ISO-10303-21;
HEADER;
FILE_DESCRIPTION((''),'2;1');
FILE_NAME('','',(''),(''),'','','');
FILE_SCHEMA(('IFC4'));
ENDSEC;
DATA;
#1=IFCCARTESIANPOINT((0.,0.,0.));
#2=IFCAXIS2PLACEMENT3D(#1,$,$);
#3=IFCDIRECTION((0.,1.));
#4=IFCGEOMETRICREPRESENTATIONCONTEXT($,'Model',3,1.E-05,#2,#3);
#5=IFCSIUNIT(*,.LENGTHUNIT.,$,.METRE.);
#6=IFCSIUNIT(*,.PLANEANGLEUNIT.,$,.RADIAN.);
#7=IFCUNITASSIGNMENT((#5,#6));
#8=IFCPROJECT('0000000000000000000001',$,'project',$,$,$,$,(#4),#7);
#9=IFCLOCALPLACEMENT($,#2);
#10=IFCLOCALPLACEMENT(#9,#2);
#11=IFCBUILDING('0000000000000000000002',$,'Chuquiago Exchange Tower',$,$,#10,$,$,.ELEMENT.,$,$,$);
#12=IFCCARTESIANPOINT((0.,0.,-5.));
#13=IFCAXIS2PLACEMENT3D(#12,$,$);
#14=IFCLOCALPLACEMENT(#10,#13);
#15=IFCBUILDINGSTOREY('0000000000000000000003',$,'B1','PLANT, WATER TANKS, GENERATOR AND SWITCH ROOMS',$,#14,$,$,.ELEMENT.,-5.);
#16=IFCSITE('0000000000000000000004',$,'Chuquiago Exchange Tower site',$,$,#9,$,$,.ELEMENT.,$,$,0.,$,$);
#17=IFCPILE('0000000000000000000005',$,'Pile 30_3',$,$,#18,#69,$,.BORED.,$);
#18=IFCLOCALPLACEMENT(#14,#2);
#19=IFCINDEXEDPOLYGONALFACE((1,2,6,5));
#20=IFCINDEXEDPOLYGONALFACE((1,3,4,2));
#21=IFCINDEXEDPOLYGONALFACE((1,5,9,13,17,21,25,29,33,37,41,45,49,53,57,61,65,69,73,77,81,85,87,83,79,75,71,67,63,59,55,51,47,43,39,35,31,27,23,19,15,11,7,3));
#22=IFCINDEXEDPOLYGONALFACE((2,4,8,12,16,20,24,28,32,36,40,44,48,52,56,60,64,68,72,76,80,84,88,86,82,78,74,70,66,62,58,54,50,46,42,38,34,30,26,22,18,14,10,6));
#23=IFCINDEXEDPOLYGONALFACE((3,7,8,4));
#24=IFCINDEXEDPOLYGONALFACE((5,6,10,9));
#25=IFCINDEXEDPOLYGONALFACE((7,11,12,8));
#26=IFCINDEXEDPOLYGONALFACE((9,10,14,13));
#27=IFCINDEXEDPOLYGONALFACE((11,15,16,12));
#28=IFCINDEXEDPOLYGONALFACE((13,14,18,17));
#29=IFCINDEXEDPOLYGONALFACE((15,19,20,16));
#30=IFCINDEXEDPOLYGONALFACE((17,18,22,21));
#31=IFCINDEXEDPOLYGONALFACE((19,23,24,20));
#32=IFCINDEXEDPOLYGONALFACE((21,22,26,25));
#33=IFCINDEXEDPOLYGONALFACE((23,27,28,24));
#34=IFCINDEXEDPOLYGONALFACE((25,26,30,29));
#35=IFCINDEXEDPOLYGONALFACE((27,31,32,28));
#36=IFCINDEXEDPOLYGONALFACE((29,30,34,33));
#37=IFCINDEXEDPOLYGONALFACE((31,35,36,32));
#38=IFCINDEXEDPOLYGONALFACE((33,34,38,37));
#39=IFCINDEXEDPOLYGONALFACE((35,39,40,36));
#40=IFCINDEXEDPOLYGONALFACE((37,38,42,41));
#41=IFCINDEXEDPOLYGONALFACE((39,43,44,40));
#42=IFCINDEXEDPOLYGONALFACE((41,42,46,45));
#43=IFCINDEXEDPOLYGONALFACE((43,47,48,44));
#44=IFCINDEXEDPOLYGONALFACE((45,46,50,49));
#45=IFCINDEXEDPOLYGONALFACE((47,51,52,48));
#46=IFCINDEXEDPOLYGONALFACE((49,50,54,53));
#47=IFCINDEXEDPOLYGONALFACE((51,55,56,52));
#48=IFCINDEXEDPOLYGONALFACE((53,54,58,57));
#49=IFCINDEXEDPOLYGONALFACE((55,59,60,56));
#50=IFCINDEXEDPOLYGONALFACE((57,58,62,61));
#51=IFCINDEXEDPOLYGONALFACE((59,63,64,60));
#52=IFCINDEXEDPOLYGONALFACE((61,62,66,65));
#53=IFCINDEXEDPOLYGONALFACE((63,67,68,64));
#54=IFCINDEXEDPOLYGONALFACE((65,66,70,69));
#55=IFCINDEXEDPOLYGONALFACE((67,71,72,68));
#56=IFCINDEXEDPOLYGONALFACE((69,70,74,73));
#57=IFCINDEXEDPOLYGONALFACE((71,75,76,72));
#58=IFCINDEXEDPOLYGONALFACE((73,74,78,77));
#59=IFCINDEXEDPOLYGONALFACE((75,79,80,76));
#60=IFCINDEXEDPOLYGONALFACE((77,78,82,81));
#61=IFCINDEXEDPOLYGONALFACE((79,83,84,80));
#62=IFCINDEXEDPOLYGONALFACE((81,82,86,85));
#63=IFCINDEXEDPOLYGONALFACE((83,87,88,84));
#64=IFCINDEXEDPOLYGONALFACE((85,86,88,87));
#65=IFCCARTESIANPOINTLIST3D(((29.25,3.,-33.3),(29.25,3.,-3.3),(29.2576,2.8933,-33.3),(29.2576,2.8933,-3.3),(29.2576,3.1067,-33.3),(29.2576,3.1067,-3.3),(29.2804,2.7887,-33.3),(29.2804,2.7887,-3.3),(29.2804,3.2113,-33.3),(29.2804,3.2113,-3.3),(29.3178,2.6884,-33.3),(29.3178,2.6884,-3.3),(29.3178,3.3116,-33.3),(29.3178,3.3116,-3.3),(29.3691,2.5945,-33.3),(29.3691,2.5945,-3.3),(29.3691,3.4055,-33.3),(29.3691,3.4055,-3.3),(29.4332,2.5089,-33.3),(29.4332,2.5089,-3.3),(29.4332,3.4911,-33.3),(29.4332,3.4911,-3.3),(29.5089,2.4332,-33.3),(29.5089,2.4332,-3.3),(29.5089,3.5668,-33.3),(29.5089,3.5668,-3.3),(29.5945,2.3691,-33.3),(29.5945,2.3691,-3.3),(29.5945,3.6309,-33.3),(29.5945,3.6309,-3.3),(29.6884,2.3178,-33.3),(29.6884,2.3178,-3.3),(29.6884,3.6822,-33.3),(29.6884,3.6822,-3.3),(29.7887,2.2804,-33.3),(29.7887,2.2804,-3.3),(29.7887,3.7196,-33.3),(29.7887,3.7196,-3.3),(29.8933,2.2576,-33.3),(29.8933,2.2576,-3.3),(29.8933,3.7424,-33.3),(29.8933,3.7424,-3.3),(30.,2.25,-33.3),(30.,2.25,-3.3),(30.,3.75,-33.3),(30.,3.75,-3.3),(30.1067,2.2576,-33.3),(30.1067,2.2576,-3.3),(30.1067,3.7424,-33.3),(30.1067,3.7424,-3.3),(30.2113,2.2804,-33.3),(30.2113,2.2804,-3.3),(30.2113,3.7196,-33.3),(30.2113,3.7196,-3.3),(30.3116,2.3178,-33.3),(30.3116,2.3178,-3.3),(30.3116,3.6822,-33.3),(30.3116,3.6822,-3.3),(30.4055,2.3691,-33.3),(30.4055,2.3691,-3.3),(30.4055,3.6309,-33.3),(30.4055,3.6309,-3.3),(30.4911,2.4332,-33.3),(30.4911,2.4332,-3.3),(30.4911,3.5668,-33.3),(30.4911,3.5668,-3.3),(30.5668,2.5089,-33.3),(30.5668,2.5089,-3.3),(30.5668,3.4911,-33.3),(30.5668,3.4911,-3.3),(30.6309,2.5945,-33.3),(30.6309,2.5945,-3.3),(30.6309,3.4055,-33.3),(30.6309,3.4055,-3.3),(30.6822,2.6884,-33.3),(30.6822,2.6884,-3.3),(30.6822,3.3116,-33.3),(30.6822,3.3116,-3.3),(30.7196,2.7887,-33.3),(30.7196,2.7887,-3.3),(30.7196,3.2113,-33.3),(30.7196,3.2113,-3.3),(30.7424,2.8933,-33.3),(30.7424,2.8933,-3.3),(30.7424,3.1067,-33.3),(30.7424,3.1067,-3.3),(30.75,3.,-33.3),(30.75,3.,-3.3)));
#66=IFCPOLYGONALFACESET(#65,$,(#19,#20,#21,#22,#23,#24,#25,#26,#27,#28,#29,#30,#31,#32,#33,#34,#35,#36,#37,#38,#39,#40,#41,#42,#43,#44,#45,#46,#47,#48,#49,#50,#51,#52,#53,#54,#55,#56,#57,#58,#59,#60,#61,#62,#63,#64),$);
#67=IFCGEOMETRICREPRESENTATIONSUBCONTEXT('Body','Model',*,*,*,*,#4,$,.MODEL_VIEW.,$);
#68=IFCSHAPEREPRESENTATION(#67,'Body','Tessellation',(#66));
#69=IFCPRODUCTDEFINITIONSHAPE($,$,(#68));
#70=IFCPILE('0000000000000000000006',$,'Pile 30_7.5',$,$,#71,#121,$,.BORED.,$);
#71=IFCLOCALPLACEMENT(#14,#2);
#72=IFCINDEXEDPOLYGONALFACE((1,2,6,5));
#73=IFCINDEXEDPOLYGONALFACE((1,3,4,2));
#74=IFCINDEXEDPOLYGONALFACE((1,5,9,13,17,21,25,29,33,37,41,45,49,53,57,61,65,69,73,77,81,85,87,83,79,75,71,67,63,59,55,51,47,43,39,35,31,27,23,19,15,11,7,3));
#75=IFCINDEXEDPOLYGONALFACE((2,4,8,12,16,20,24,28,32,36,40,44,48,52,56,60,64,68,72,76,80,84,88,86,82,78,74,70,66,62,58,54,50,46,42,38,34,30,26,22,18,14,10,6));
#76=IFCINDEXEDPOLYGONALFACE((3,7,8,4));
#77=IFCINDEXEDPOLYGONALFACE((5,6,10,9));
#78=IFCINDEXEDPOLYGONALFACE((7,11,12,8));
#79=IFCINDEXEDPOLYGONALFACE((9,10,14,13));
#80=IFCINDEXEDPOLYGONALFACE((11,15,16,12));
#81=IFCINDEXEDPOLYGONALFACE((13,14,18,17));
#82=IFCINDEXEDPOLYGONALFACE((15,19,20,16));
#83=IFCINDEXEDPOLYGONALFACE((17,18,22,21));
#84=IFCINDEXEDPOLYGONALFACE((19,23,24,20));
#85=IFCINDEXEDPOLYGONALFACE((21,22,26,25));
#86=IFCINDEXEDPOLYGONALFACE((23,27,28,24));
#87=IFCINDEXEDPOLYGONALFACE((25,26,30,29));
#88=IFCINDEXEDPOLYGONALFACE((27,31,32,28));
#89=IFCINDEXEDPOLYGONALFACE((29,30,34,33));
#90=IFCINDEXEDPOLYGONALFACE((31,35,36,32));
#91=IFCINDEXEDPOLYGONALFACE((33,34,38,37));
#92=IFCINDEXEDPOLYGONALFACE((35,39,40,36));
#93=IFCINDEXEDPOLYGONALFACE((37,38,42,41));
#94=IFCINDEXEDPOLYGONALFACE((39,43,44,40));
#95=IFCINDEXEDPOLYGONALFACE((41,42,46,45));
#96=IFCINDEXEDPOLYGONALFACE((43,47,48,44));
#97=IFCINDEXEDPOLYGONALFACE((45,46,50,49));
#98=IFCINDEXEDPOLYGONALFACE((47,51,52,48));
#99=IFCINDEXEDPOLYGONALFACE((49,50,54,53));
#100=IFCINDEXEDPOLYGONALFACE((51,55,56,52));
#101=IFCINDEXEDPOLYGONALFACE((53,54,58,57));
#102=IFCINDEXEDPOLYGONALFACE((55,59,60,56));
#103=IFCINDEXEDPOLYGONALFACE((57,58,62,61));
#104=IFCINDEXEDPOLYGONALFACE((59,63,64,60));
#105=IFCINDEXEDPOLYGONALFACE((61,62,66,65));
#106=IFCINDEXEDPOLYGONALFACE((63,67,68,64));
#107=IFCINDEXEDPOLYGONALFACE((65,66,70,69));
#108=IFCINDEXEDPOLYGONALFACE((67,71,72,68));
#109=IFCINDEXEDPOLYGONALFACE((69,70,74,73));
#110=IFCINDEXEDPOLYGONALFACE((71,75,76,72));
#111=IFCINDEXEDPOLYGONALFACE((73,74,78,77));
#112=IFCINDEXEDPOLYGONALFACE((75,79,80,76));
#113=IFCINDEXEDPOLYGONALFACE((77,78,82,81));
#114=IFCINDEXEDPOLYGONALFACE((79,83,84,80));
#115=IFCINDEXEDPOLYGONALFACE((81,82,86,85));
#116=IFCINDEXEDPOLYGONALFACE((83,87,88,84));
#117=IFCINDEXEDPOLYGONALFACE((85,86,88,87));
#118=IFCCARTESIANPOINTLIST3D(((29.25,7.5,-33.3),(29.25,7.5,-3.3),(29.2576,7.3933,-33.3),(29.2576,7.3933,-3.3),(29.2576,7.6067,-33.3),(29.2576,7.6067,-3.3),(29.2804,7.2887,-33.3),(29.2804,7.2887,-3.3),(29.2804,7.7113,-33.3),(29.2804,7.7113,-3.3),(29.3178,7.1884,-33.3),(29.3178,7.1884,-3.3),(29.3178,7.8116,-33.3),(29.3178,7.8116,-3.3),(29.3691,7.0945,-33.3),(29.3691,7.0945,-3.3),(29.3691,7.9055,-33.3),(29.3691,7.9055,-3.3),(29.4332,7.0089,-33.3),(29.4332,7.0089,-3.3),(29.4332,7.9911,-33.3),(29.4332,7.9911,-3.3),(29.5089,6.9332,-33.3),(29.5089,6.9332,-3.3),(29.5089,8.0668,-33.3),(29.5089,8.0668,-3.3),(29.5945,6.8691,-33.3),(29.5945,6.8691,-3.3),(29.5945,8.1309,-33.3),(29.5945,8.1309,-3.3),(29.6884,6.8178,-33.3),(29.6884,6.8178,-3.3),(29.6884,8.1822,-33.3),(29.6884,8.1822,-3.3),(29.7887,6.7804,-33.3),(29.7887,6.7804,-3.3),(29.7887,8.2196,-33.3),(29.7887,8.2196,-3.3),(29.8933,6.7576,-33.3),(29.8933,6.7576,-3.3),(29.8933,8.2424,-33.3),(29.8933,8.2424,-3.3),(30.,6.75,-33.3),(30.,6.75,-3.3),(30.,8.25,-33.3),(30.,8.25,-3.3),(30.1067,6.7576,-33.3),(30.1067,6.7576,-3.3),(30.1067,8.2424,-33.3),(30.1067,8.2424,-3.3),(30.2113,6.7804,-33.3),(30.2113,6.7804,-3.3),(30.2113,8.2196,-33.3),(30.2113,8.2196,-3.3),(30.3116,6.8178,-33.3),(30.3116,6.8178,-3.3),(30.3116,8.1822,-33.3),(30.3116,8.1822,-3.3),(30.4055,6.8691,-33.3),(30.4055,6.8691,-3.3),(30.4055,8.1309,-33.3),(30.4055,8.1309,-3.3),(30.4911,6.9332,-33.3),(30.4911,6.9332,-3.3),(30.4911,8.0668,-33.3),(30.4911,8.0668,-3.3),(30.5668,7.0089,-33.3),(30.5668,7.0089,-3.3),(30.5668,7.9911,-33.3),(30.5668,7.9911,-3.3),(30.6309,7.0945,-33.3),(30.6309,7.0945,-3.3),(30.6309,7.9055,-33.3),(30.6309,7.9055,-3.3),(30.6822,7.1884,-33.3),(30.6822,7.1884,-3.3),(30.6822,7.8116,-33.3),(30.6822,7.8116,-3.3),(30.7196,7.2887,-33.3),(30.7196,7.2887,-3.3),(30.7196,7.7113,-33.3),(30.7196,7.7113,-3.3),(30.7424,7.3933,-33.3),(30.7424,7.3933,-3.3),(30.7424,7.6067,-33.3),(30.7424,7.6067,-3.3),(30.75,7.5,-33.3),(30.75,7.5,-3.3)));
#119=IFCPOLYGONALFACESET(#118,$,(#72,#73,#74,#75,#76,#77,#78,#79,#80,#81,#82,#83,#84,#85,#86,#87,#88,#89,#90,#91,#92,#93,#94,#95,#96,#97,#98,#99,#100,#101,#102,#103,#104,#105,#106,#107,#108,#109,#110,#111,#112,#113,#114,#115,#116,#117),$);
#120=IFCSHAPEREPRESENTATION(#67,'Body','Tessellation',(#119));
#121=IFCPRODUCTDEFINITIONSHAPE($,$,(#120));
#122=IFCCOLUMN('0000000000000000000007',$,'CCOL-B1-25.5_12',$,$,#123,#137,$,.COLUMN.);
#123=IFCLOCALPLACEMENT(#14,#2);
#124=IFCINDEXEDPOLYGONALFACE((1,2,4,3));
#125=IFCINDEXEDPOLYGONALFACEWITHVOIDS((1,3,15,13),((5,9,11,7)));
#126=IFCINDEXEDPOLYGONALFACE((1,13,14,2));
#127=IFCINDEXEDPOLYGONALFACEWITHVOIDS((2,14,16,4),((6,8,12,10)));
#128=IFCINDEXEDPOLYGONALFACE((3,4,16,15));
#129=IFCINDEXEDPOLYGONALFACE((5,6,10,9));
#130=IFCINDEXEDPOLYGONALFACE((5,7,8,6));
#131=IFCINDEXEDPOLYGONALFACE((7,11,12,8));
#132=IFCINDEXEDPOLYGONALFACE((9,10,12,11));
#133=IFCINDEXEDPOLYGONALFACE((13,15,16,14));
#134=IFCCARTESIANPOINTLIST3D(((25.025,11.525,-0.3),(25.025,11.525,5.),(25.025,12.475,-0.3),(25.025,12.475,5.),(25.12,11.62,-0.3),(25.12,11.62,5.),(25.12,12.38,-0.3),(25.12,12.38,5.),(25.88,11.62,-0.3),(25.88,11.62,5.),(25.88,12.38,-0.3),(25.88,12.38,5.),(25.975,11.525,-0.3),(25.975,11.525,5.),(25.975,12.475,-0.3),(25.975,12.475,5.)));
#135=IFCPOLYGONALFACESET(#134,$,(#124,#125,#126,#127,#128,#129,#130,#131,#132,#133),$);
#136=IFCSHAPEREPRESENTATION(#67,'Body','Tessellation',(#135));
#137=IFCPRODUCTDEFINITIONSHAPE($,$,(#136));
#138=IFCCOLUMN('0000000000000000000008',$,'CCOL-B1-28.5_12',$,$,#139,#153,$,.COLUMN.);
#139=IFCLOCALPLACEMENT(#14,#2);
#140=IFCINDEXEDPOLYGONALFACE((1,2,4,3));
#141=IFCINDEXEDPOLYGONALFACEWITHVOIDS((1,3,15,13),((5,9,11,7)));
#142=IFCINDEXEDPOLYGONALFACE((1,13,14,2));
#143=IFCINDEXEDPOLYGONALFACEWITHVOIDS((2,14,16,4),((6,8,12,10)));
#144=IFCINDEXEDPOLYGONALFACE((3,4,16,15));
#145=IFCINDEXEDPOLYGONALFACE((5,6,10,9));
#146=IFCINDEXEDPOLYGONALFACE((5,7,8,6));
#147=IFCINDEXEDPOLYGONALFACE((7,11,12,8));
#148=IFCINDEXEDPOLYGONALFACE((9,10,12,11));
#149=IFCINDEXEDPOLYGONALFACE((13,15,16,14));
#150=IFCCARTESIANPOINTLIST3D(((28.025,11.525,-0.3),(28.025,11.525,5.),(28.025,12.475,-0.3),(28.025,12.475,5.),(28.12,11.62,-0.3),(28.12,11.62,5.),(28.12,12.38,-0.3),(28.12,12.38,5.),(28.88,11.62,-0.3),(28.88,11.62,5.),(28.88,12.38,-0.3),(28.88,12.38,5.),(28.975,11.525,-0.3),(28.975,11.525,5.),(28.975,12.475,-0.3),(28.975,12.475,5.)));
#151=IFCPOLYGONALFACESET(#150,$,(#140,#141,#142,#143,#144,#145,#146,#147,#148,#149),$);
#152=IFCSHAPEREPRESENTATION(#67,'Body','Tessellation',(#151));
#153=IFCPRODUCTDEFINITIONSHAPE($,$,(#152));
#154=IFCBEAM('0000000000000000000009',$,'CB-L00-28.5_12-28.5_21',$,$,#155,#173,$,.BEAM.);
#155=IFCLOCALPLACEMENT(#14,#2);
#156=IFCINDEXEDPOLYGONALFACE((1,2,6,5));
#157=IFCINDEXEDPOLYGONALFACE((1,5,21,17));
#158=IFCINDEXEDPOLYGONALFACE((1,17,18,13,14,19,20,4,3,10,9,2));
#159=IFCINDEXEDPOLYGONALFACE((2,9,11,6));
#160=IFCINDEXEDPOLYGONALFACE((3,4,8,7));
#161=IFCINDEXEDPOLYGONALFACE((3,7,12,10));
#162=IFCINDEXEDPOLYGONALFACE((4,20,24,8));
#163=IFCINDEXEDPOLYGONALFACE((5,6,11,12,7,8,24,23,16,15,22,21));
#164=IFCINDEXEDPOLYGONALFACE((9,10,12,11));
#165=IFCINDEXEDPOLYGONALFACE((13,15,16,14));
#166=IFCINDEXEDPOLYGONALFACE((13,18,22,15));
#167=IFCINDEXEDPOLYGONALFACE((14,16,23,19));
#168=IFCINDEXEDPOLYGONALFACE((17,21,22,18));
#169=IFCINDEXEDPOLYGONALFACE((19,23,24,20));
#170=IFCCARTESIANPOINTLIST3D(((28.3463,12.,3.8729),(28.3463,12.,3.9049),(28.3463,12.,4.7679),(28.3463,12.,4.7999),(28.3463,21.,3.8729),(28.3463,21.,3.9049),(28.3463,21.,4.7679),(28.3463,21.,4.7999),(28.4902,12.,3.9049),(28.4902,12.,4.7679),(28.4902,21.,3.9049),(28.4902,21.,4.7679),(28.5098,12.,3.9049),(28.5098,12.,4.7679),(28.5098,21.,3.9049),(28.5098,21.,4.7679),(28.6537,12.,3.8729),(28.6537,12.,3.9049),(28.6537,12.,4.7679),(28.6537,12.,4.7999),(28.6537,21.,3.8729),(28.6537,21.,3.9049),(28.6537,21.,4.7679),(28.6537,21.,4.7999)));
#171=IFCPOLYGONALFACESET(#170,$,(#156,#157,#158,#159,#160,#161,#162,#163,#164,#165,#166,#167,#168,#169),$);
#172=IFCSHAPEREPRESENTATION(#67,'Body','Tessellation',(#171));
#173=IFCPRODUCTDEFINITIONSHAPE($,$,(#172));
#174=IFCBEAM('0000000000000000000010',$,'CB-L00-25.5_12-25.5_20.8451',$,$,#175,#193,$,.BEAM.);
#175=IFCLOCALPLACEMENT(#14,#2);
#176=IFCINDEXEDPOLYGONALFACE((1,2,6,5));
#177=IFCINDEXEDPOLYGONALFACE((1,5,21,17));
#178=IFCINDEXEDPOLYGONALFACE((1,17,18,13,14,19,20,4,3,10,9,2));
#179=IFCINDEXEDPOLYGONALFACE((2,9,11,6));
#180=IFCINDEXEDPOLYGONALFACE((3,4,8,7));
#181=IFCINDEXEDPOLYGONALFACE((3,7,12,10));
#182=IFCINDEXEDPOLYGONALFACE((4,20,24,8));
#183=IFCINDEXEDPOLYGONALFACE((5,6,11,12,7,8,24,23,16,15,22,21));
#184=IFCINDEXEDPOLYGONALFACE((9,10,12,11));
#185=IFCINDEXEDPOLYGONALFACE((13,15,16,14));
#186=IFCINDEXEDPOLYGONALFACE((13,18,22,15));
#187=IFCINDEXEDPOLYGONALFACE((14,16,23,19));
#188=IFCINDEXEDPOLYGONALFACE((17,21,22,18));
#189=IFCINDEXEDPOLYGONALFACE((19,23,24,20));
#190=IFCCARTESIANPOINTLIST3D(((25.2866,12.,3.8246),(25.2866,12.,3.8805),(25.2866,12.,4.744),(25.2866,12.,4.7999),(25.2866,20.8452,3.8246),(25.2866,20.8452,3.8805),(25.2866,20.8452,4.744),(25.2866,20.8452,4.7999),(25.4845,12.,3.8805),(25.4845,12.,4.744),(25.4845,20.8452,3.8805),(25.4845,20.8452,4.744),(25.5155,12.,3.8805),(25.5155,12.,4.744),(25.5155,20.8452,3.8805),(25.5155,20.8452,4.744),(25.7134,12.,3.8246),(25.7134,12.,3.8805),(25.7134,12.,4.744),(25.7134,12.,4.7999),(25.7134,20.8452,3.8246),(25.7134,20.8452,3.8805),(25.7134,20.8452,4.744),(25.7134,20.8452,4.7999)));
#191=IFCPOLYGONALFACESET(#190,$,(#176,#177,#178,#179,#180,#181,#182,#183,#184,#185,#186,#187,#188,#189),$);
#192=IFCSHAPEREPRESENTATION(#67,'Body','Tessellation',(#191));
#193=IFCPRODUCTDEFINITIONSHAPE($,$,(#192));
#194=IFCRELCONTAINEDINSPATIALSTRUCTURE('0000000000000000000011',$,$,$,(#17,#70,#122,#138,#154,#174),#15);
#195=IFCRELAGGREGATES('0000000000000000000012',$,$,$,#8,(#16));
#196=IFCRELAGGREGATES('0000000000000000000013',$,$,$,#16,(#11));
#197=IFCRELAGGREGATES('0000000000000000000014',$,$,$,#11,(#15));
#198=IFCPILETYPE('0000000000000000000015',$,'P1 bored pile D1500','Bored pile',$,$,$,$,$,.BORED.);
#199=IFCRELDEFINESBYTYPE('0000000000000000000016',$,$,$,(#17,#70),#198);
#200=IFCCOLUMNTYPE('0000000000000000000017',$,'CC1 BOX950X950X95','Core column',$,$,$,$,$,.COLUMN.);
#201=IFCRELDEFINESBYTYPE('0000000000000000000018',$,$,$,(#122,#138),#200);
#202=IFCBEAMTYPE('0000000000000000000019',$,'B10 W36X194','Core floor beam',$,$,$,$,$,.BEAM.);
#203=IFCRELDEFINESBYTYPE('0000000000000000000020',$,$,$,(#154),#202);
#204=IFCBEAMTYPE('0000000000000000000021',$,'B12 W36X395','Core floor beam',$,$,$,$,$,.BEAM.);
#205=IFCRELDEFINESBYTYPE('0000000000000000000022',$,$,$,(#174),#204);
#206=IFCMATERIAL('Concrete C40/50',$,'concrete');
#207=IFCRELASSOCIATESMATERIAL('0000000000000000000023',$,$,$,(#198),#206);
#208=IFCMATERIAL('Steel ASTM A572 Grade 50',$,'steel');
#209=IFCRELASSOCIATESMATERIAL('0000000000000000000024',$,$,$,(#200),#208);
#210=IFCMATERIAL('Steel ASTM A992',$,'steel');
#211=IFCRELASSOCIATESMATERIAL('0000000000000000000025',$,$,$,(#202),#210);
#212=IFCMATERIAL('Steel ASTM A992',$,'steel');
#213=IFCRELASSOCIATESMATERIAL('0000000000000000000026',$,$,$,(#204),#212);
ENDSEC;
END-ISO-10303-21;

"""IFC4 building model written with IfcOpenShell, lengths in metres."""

from ifc_helpers import new_model, si_unit, direction, frame, origin, origin_2d, place, context, subcontext, project, spatial, hollow_rectangle, circle, i_section, extrude, material, material_profile, profile_set, type_object, element, save


model = new_model("IFC4")

# Units and contexts
model_context = context("Model", 3, precision=1e-05, world=origin(), true_north=direction((0.0, 1.0)))
body_context = subcontext(model_context, "Body", "Model", "MODEL_VIEW")
ifc_project = project(units=[si_unit("LENGTHUNIT", "METRE"), si_unit("PLANEANGLEUNIT", "RADIAN")], contexts=[model_context])

# Site, building, storey
site_placement = place(None, origin())
site = spatial("IfcSite", under=ifc_project, at=site_placement, Name="Chuquiago Exchange Tower site", CompositionType="ELEMENT", RefElevation=0.0)
building_placement = place(site_placement, origin())
building = spatial("IfcBuilding", under=site, at=building_placement, Name="Chuquiago Exchange Tower", CompositionType="ELEMENT")
storey_placement = place(building_placement, frame((0.0, 0.0, -5.0)))
storey = spatial("IfcBuildingStorey", under=building, at=storey_placement, Name="B1", Description="PLANT, WATER TANKS, GENERATOR AND SWITCH ROOMS", CompositionType="ELEMENT", Elevation=-5.0)

# Piles
ifc_material_1 = material(Name="Concrete C40/50", Category="concrete")
ifc_material_profile_1 = material_profile(ifc_material_1, circle(Radius=0.75, at=origin_2d()), Name="D1500")
ifc_profile_set_1 = profile_set([ifc_material_profile_1], Name="Concrete C40/50")
pile_type = type_object("IfcPileType", Name="P1 bored pile D1500", Description="Bored pile", PredefinedType="BORED", material=ifc_profile_set_1)
for number, where, z_axis, x_axis, name in (
    (1, (30.0, 3.0, -3.3), (0.0, 0.0, -1.0), (1.0, 0.0, 0.0), "Pile 30_3"),
    (2, (30.0, 7.5, -3.3), (0.0, 0.0, -1.0), (1.0, 0.0, 0.0), "Pile 30_7.5"),
):
    element("IfcPile", number, at=place(storey_placement, frame(where, z_axis=z_axis, x_axis=x_axis)), inside=storey, type_object=pile_type, Name=name, PredefinedType="BORED", context=body_context, shape_type="SweptSolid", body=[
        extrude(circle(Radius=0.75, at=origin_2d()), origin(), (0.0, 0.0, 1.0), 30.0),
    ])

# Columns
ifc_material_2 = material(Name="Steel ASTM A572 Grade 50", Category="steel")
ifc_material_profile_2 = material_profile(ifc_material_2, hollow_rectangle(XDim=0.95, YDim=0.95, WallThickness=0.095, at=origin_2d()), Name="BOX950X950X95")
ifc_profile_set_2 = profile_set([ifc_material_profile_2], Name="Steel ASTM A572 Grade 50")
column_type = type_object("IfcColumnType", Name="CC1 BOX950X950X95", Description="Core column", PredefinedType="COLUMN", material=ifc_profile_set_2)
for number, where, z_axis, x_axis, name in (
    (3, (25.5, 12.0, -0.3), (0.0, 0.0, 1.0), (1.0, 0.0, 0.0), "CCOL-B1-25.5_12"),
    (4, (28.5, 12.0, -0.3), (0.0, 0.0, 1.0), (1.0, 0.0, 0.0), "CCOL-B1-28.5_12"),
):
    element("IfcColumn", number, at=place(storey_placement, frame(where, z_axis=z_axis, x_axis=x_axis)), inside=storey, type_object=column_type, Name=name, PredefinedType="COLUMN", context=body_context, shape_type="SweptSolid", body=[
        extrude(hollow_rectangle(XDim=0.95, YDim=0.95, WallThickness=0.095, at=origin_2d()), origin(), (0.0, 0.0, 1.0), 5.3),
    ])

# Beams
ifc_material_3 = material(Name="Steel ASTM A992", Category="steel")
ifc_material_profile_3 = material_profile(ifc_material_3, i_section(OverallWidth=0.3074, OverallDepth=0.927, WebThickness=0.0195, FlangeThickness=0.032, at=origin_2d()), Name="W36X194")
ifc_profile_set_3 = profile_set([ifc_material_profile_3], Name="Steel ASTM A992")
beam_type_1 = type_object("IfcBeamType", Name="B10 W36X194", Description="Core floor beam", PredefinedType="BEAM", material=ifc_profile_set_3)
beam_1_placement = place(storey_placement, frame((28.5, 12.0, 4.3364), z_axis=(0.0, 1.0, 0.0), x_axis=(-1.0, 0.0, 0.0)))
element("IfcBeam", 5, at=beam_1_placement, inside=storey, type_object=beam_type_1, Name="CB-L00-28.5_12-28.5_21", PredefinedType="BEAM", context=body_context, shape_type="SweptSolid", body=[
    extrude(i_section(OverallWidth=0.3074, OverallDepth=0.927, WebThickness=0.0195, FlangeThickness=0.032, at=origin_2d()), origin(), (0.0, 0.0, 1.0), 9.0),
])
ifc_material_4 = material(Name="Steel ASTM A992", Category="steel")
ifc_material_profile_4 = material_profile(ifc_material_4, i_section(OverallWidth=0.4268, OverallDepth=0.9753, WebThickness=0.031, FlangeThickness=0.0559, at=origin_2d()), Name="W36X395")
ifc_profile_set_4 = profile_set([ifc_material_profile_4], Name="Steel ASTM A992")
beam_type_2 = type_object("IfcBeamType", Name="B12 W36X395", Description="Core floor beam", PredefinedType="BEAM", material=ifc_profile_set_4)
beam_2_placement = place(storey_placement, frame((25.5, 12.0, 4.3123), z_axis=(0.0, 1.0, 0.0), x_axis=(-1.0, 0.0, 0.0)))
element("IfcBeam", 6, at=beam_2_placement, inside=storey, type_object=beam_type_2, Name="CB-L00-25.5_12-25.5_20.8451", PredefinedType="BEAM", context=body_context, shape_type="SweptSolid", body=[
    extrude(i_section(OverallWidth=0.4268, OverallDepth=0.9753, WebThickness=0.031, FlangeThickness=0.0559, at=origin_2d()), origin(), (0.0, 0.0, 1.0), 8.8452),
])

save(model, "model.ifc")
